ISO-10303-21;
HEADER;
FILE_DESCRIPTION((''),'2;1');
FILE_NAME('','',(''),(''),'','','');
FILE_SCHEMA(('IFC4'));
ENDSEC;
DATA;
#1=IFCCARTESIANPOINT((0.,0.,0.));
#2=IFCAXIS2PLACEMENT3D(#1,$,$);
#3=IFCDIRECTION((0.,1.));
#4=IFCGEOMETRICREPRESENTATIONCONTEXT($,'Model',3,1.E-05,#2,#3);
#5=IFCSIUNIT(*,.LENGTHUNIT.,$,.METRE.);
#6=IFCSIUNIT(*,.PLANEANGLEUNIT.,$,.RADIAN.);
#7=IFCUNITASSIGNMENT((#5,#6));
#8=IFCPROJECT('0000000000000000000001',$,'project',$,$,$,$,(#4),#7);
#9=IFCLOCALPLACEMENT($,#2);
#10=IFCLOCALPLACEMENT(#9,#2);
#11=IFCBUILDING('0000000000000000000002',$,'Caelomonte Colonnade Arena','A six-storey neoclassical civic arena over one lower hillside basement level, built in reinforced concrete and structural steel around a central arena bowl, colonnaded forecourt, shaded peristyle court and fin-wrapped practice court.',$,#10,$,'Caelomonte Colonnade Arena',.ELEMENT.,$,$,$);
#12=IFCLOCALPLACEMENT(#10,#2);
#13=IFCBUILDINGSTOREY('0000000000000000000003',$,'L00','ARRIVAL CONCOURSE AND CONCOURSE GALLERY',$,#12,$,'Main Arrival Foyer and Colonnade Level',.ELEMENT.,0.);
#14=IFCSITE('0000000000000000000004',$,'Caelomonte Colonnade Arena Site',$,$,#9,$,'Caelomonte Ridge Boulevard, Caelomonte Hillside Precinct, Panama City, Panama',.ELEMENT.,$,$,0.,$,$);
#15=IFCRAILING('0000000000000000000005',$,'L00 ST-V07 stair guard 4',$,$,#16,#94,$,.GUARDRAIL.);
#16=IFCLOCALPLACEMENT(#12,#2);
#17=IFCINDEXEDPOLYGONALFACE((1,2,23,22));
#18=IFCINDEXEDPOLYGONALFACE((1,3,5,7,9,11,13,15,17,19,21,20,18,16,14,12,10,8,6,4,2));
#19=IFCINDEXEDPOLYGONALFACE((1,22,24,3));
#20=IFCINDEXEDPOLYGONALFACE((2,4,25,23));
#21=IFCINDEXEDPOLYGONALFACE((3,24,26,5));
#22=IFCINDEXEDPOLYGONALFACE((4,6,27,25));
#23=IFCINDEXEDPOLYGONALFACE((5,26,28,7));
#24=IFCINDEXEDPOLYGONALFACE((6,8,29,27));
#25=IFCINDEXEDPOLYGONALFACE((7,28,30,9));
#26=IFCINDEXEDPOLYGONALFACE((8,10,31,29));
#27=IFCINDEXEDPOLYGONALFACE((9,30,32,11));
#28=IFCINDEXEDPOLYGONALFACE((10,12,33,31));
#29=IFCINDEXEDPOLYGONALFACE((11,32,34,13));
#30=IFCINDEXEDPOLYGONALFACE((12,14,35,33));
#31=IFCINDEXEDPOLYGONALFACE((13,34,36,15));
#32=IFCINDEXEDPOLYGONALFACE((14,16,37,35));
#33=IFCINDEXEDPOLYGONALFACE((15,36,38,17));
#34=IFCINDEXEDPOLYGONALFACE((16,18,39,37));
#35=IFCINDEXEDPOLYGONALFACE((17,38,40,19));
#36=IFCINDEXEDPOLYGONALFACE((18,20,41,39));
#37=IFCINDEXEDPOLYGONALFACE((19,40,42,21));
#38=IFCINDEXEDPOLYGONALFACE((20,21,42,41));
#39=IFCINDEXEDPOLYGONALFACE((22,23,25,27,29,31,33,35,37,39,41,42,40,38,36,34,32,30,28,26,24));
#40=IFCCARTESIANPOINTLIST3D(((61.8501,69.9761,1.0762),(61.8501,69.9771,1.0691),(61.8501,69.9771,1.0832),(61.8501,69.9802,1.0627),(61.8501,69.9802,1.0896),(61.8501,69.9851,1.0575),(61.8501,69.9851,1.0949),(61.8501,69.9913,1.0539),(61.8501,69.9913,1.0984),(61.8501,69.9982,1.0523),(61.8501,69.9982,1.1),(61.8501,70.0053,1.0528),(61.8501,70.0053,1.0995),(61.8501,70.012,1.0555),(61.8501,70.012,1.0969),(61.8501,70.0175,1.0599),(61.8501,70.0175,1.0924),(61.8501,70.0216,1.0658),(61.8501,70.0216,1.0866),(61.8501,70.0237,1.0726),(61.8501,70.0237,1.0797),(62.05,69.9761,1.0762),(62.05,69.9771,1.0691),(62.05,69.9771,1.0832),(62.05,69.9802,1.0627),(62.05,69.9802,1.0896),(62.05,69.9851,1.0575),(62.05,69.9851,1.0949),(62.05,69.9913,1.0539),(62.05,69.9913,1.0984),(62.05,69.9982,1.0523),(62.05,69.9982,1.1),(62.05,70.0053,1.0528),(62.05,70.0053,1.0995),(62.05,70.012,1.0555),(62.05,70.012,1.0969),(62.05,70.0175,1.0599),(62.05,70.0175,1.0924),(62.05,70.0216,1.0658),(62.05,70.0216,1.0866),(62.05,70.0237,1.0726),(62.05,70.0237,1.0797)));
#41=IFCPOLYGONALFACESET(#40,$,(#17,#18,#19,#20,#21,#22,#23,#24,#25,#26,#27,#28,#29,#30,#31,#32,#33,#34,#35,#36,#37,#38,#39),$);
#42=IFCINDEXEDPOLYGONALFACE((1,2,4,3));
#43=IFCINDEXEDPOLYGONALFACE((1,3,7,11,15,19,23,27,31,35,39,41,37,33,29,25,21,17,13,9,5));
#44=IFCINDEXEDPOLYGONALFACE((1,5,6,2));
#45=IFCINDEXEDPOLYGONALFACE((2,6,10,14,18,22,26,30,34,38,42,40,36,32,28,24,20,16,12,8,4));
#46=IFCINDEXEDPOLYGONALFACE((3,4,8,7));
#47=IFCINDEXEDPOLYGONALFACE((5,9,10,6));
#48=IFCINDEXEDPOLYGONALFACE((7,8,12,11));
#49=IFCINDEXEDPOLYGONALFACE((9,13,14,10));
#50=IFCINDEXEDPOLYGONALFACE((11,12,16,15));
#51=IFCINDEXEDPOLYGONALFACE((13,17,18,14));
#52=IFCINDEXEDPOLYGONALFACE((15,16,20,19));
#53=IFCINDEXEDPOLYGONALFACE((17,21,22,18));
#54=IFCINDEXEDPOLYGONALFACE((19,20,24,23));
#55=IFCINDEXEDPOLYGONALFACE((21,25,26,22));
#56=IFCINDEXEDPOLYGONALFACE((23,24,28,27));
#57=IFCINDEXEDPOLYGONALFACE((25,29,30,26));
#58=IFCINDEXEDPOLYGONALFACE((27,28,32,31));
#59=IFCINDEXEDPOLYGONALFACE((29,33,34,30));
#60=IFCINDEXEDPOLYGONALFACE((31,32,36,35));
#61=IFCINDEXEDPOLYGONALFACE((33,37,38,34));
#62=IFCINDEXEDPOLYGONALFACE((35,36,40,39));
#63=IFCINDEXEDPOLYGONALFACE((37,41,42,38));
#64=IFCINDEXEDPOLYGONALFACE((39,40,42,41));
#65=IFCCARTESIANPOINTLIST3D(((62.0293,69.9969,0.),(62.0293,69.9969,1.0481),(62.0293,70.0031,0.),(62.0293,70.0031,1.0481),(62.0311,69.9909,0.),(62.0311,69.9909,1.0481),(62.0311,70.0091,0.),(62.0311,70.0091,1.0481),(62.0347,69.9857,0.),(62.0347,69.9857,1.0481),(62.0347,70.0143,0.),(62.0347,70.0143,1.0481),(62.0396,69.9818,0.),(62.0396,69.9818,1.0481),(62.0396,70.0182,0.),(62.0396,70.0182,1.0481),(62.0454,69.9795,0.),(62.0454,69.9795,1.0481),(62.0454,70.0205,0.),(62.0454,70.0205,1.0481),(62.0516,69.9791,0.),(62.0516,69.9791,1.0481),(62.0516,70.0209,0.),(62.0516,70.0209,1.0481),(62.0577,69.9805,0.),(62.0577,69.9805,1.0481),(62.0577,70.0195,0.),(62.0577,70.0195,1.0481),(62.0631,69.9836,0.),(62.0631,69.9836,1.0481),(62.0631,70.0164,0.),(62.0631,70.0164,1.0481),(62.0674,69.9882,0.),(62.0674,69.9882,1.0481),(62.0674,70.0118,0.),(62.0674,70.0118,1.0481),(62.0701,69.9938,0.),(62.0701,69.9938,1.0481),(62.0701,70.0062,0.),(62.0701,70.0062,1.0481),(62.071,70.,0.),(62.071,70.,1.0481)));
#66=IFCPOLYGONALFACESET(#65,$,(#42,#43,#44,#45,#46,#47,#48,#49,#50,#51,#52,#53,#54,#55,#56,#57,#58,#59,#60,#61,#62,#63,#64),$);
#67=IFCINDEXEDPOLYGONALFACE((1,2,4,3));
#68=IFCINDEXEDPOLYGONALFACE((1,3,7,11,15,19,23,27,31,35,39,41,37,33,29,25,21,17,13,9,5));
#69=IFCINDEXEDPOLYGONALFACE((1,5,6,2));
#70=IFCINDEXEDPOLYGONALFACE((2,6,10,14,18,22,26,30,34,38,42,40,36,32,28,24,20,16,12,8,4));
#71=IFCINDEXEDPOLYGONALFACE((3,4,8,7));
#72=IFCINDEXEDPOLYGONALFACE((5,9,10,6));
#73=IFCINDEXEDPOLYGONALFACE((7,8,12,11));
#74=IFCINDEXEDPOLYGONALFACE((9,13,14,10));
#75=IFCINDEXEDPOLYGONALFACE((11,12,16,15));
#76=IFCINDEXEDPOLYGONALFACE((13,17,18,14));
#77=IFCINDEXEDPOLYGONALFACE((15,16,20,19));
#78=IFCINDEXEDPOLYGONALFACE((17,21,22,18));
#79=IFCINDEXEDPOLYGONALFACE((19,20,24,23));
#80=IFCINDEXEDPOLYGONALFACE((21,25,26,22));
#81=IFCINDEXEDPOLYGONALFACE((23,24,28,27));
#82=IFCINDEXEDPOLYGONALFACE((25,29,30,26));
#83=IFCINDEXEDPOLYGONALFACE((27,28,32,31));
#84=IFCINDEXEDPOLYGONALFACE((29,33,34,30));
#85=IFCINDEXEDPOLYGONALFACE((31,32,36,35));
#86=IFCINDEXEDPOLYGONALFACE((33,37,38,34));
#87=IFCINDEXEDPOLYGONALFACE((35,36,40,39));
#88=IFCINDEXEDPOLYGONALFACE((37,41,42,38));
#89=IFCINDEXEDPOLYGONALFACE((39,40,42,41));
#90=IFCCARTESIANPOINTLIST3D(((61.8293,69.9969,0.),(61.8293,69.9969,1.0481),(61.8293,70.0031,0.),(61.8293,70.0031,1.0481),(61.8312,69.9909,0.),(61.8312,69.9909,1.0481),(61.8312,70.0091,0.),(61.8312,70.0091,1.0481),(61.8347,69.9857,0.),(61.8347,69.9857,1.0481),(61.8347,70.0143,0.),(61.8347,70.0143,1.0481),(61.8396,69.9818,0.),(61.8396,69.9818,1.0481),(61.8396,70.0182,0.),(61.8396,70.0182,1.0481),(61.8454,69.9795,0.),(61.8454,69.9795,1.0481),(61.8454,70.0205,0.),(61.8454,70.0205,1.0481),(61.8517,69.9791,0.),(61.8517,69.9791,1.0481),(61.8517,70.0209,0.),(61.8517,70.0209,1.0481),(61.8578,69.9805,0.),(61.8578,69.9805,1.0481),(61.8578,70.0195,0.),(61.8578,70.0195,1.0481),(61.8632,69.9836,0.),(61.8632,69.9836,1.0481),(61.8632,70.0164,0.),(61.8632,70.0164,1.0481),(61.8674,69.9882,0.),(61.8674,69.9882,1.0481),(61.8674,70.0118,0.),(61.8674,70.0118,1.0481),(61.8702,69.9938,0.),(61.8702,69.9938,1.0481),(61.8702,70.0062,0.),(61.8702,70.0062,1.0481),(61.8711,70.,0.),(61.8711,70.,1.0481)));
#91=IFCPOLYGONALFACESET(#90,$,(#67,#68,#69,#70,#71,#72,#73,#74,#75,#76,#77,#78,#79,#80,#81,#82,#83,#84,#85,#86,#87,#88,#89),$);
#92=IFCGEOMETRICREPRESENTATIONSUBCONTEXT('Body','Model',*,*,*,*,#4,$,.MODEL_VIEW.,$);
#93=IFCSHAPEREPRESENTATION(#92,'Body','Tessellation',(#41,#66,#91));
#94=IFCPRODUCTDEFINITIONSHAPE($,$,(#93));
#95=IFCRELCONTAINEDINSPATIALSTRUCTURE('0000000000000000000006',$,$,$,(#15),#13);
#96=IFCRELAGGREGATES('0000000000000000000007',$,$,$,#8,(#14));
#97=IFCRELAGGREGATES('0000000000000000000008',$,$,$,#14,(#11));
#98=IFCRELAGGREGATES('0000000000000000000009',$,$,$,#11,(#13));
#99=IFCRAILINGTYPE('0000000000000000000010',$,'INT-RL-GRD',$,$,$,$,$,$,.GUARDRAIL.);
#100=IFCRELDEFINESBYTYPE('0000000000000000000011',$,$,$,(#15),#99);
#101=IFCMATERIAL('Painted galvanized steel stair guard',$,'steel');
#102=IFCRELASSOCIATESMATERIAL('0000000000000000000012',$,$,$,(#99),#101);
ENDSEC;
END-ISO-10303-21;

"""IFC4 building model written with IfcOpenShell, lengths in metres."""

from ifc_helpers import new_model, si_unit, direction, frame, origin, origin_2d, place, context, subcontext, project, spatial, circle, extrude, material, type_object, element, save


model = new_model("IFC4")

# Units and contexts
model_context = context("Model", 3, precision=1e-05, world=origin(), true_north=direction((0.0, 1.0)))
body_context = subcontext(model_context, "Body", "Model", "MODEL_VIEW")
ifc_project = project(units=[si_unit("LENGTHUNIT", "METRE"), si_unit("PLANEANGLEUNIT", "RADIAN")], contexts=[model_context])

# Site, building, storey
site_placement = place(None, origin())
site = spatial("IfcSite", under=ifc_project, at=site_placement, Name="Caelomonte Colonnade Arena Site", LongName="Caelomonte Ridge Boulevard, Caelomonte Hillside Precinct, Panama City, Panama", CompositionType="ELEMENT", RefElevation=0.0)
building_placement = place(site_placement, origin())
building = spatial("IfcBuilding", under=site, at=building_placement, Name="Caelomonte Colonnade Arena", Description="A six-storey neoclassical civic arena over one lower hillside basement level, built in reinforced concrete and structural steel around a central arena bowl, colonnaded forecourt, shaded peristyle court and fin-wrapped practice court.", LongName="Caelomonte Colonnade Arena", CompositionType="ELEMENT")
storey_placement = place(building_placement, origin())
storey = spatial("IfcBuildingStorey", under=building, at=storey_placement, Name="L00", Description="ARRIVAL CONCOURSE AND CONCOURSE GALLERY", LongName="Main Arrival Foyer and Colonnade Level", CompositionType="ELEMENT", Elevation=0.0)

# Railing
ifc_material_1 = material(Name="Painted galvanized steel stair guard", Category="steel")
railing_type_1 = type_object("IfcRailingType", Name="INT-RL-GRD", PredefinedType="GUARDRAIL", material=ifc_material_1)
railing_1_placement = place(storey_placement, frame((62.05, 70.0, 0.0)))
element("IfcRailing", 1, at=railing_1_placement, inside=storey, type_object=railing_type_1, Name="L00 ST-V07 stair guard 4", PredefinedType="GUARDRAIL", context=body_context, shape_type="SweptSolid", body=[
    extrude(circle(Radius=0.0239, at=origin_2d()), frame((0.0, 0.0, 1.0762), z_axis=(-1.0, 0.0, 0.0), x_axis=(0.0, -1.0, 0.0)), (0.0, 0.0, 1.0), 0.2),
    extrude(circle(Radius=0.021, at=origin_2d()), origin(), (0.0, 0.0, 1.0), 1.0481),
    extrude(circle(Radius=0.021, at=origin_2d()), frame((-0.2, 0.0, 0.0)), (0.0, 0.0, 1.0), 1.0481),
])

save(model, "model.ifc")
